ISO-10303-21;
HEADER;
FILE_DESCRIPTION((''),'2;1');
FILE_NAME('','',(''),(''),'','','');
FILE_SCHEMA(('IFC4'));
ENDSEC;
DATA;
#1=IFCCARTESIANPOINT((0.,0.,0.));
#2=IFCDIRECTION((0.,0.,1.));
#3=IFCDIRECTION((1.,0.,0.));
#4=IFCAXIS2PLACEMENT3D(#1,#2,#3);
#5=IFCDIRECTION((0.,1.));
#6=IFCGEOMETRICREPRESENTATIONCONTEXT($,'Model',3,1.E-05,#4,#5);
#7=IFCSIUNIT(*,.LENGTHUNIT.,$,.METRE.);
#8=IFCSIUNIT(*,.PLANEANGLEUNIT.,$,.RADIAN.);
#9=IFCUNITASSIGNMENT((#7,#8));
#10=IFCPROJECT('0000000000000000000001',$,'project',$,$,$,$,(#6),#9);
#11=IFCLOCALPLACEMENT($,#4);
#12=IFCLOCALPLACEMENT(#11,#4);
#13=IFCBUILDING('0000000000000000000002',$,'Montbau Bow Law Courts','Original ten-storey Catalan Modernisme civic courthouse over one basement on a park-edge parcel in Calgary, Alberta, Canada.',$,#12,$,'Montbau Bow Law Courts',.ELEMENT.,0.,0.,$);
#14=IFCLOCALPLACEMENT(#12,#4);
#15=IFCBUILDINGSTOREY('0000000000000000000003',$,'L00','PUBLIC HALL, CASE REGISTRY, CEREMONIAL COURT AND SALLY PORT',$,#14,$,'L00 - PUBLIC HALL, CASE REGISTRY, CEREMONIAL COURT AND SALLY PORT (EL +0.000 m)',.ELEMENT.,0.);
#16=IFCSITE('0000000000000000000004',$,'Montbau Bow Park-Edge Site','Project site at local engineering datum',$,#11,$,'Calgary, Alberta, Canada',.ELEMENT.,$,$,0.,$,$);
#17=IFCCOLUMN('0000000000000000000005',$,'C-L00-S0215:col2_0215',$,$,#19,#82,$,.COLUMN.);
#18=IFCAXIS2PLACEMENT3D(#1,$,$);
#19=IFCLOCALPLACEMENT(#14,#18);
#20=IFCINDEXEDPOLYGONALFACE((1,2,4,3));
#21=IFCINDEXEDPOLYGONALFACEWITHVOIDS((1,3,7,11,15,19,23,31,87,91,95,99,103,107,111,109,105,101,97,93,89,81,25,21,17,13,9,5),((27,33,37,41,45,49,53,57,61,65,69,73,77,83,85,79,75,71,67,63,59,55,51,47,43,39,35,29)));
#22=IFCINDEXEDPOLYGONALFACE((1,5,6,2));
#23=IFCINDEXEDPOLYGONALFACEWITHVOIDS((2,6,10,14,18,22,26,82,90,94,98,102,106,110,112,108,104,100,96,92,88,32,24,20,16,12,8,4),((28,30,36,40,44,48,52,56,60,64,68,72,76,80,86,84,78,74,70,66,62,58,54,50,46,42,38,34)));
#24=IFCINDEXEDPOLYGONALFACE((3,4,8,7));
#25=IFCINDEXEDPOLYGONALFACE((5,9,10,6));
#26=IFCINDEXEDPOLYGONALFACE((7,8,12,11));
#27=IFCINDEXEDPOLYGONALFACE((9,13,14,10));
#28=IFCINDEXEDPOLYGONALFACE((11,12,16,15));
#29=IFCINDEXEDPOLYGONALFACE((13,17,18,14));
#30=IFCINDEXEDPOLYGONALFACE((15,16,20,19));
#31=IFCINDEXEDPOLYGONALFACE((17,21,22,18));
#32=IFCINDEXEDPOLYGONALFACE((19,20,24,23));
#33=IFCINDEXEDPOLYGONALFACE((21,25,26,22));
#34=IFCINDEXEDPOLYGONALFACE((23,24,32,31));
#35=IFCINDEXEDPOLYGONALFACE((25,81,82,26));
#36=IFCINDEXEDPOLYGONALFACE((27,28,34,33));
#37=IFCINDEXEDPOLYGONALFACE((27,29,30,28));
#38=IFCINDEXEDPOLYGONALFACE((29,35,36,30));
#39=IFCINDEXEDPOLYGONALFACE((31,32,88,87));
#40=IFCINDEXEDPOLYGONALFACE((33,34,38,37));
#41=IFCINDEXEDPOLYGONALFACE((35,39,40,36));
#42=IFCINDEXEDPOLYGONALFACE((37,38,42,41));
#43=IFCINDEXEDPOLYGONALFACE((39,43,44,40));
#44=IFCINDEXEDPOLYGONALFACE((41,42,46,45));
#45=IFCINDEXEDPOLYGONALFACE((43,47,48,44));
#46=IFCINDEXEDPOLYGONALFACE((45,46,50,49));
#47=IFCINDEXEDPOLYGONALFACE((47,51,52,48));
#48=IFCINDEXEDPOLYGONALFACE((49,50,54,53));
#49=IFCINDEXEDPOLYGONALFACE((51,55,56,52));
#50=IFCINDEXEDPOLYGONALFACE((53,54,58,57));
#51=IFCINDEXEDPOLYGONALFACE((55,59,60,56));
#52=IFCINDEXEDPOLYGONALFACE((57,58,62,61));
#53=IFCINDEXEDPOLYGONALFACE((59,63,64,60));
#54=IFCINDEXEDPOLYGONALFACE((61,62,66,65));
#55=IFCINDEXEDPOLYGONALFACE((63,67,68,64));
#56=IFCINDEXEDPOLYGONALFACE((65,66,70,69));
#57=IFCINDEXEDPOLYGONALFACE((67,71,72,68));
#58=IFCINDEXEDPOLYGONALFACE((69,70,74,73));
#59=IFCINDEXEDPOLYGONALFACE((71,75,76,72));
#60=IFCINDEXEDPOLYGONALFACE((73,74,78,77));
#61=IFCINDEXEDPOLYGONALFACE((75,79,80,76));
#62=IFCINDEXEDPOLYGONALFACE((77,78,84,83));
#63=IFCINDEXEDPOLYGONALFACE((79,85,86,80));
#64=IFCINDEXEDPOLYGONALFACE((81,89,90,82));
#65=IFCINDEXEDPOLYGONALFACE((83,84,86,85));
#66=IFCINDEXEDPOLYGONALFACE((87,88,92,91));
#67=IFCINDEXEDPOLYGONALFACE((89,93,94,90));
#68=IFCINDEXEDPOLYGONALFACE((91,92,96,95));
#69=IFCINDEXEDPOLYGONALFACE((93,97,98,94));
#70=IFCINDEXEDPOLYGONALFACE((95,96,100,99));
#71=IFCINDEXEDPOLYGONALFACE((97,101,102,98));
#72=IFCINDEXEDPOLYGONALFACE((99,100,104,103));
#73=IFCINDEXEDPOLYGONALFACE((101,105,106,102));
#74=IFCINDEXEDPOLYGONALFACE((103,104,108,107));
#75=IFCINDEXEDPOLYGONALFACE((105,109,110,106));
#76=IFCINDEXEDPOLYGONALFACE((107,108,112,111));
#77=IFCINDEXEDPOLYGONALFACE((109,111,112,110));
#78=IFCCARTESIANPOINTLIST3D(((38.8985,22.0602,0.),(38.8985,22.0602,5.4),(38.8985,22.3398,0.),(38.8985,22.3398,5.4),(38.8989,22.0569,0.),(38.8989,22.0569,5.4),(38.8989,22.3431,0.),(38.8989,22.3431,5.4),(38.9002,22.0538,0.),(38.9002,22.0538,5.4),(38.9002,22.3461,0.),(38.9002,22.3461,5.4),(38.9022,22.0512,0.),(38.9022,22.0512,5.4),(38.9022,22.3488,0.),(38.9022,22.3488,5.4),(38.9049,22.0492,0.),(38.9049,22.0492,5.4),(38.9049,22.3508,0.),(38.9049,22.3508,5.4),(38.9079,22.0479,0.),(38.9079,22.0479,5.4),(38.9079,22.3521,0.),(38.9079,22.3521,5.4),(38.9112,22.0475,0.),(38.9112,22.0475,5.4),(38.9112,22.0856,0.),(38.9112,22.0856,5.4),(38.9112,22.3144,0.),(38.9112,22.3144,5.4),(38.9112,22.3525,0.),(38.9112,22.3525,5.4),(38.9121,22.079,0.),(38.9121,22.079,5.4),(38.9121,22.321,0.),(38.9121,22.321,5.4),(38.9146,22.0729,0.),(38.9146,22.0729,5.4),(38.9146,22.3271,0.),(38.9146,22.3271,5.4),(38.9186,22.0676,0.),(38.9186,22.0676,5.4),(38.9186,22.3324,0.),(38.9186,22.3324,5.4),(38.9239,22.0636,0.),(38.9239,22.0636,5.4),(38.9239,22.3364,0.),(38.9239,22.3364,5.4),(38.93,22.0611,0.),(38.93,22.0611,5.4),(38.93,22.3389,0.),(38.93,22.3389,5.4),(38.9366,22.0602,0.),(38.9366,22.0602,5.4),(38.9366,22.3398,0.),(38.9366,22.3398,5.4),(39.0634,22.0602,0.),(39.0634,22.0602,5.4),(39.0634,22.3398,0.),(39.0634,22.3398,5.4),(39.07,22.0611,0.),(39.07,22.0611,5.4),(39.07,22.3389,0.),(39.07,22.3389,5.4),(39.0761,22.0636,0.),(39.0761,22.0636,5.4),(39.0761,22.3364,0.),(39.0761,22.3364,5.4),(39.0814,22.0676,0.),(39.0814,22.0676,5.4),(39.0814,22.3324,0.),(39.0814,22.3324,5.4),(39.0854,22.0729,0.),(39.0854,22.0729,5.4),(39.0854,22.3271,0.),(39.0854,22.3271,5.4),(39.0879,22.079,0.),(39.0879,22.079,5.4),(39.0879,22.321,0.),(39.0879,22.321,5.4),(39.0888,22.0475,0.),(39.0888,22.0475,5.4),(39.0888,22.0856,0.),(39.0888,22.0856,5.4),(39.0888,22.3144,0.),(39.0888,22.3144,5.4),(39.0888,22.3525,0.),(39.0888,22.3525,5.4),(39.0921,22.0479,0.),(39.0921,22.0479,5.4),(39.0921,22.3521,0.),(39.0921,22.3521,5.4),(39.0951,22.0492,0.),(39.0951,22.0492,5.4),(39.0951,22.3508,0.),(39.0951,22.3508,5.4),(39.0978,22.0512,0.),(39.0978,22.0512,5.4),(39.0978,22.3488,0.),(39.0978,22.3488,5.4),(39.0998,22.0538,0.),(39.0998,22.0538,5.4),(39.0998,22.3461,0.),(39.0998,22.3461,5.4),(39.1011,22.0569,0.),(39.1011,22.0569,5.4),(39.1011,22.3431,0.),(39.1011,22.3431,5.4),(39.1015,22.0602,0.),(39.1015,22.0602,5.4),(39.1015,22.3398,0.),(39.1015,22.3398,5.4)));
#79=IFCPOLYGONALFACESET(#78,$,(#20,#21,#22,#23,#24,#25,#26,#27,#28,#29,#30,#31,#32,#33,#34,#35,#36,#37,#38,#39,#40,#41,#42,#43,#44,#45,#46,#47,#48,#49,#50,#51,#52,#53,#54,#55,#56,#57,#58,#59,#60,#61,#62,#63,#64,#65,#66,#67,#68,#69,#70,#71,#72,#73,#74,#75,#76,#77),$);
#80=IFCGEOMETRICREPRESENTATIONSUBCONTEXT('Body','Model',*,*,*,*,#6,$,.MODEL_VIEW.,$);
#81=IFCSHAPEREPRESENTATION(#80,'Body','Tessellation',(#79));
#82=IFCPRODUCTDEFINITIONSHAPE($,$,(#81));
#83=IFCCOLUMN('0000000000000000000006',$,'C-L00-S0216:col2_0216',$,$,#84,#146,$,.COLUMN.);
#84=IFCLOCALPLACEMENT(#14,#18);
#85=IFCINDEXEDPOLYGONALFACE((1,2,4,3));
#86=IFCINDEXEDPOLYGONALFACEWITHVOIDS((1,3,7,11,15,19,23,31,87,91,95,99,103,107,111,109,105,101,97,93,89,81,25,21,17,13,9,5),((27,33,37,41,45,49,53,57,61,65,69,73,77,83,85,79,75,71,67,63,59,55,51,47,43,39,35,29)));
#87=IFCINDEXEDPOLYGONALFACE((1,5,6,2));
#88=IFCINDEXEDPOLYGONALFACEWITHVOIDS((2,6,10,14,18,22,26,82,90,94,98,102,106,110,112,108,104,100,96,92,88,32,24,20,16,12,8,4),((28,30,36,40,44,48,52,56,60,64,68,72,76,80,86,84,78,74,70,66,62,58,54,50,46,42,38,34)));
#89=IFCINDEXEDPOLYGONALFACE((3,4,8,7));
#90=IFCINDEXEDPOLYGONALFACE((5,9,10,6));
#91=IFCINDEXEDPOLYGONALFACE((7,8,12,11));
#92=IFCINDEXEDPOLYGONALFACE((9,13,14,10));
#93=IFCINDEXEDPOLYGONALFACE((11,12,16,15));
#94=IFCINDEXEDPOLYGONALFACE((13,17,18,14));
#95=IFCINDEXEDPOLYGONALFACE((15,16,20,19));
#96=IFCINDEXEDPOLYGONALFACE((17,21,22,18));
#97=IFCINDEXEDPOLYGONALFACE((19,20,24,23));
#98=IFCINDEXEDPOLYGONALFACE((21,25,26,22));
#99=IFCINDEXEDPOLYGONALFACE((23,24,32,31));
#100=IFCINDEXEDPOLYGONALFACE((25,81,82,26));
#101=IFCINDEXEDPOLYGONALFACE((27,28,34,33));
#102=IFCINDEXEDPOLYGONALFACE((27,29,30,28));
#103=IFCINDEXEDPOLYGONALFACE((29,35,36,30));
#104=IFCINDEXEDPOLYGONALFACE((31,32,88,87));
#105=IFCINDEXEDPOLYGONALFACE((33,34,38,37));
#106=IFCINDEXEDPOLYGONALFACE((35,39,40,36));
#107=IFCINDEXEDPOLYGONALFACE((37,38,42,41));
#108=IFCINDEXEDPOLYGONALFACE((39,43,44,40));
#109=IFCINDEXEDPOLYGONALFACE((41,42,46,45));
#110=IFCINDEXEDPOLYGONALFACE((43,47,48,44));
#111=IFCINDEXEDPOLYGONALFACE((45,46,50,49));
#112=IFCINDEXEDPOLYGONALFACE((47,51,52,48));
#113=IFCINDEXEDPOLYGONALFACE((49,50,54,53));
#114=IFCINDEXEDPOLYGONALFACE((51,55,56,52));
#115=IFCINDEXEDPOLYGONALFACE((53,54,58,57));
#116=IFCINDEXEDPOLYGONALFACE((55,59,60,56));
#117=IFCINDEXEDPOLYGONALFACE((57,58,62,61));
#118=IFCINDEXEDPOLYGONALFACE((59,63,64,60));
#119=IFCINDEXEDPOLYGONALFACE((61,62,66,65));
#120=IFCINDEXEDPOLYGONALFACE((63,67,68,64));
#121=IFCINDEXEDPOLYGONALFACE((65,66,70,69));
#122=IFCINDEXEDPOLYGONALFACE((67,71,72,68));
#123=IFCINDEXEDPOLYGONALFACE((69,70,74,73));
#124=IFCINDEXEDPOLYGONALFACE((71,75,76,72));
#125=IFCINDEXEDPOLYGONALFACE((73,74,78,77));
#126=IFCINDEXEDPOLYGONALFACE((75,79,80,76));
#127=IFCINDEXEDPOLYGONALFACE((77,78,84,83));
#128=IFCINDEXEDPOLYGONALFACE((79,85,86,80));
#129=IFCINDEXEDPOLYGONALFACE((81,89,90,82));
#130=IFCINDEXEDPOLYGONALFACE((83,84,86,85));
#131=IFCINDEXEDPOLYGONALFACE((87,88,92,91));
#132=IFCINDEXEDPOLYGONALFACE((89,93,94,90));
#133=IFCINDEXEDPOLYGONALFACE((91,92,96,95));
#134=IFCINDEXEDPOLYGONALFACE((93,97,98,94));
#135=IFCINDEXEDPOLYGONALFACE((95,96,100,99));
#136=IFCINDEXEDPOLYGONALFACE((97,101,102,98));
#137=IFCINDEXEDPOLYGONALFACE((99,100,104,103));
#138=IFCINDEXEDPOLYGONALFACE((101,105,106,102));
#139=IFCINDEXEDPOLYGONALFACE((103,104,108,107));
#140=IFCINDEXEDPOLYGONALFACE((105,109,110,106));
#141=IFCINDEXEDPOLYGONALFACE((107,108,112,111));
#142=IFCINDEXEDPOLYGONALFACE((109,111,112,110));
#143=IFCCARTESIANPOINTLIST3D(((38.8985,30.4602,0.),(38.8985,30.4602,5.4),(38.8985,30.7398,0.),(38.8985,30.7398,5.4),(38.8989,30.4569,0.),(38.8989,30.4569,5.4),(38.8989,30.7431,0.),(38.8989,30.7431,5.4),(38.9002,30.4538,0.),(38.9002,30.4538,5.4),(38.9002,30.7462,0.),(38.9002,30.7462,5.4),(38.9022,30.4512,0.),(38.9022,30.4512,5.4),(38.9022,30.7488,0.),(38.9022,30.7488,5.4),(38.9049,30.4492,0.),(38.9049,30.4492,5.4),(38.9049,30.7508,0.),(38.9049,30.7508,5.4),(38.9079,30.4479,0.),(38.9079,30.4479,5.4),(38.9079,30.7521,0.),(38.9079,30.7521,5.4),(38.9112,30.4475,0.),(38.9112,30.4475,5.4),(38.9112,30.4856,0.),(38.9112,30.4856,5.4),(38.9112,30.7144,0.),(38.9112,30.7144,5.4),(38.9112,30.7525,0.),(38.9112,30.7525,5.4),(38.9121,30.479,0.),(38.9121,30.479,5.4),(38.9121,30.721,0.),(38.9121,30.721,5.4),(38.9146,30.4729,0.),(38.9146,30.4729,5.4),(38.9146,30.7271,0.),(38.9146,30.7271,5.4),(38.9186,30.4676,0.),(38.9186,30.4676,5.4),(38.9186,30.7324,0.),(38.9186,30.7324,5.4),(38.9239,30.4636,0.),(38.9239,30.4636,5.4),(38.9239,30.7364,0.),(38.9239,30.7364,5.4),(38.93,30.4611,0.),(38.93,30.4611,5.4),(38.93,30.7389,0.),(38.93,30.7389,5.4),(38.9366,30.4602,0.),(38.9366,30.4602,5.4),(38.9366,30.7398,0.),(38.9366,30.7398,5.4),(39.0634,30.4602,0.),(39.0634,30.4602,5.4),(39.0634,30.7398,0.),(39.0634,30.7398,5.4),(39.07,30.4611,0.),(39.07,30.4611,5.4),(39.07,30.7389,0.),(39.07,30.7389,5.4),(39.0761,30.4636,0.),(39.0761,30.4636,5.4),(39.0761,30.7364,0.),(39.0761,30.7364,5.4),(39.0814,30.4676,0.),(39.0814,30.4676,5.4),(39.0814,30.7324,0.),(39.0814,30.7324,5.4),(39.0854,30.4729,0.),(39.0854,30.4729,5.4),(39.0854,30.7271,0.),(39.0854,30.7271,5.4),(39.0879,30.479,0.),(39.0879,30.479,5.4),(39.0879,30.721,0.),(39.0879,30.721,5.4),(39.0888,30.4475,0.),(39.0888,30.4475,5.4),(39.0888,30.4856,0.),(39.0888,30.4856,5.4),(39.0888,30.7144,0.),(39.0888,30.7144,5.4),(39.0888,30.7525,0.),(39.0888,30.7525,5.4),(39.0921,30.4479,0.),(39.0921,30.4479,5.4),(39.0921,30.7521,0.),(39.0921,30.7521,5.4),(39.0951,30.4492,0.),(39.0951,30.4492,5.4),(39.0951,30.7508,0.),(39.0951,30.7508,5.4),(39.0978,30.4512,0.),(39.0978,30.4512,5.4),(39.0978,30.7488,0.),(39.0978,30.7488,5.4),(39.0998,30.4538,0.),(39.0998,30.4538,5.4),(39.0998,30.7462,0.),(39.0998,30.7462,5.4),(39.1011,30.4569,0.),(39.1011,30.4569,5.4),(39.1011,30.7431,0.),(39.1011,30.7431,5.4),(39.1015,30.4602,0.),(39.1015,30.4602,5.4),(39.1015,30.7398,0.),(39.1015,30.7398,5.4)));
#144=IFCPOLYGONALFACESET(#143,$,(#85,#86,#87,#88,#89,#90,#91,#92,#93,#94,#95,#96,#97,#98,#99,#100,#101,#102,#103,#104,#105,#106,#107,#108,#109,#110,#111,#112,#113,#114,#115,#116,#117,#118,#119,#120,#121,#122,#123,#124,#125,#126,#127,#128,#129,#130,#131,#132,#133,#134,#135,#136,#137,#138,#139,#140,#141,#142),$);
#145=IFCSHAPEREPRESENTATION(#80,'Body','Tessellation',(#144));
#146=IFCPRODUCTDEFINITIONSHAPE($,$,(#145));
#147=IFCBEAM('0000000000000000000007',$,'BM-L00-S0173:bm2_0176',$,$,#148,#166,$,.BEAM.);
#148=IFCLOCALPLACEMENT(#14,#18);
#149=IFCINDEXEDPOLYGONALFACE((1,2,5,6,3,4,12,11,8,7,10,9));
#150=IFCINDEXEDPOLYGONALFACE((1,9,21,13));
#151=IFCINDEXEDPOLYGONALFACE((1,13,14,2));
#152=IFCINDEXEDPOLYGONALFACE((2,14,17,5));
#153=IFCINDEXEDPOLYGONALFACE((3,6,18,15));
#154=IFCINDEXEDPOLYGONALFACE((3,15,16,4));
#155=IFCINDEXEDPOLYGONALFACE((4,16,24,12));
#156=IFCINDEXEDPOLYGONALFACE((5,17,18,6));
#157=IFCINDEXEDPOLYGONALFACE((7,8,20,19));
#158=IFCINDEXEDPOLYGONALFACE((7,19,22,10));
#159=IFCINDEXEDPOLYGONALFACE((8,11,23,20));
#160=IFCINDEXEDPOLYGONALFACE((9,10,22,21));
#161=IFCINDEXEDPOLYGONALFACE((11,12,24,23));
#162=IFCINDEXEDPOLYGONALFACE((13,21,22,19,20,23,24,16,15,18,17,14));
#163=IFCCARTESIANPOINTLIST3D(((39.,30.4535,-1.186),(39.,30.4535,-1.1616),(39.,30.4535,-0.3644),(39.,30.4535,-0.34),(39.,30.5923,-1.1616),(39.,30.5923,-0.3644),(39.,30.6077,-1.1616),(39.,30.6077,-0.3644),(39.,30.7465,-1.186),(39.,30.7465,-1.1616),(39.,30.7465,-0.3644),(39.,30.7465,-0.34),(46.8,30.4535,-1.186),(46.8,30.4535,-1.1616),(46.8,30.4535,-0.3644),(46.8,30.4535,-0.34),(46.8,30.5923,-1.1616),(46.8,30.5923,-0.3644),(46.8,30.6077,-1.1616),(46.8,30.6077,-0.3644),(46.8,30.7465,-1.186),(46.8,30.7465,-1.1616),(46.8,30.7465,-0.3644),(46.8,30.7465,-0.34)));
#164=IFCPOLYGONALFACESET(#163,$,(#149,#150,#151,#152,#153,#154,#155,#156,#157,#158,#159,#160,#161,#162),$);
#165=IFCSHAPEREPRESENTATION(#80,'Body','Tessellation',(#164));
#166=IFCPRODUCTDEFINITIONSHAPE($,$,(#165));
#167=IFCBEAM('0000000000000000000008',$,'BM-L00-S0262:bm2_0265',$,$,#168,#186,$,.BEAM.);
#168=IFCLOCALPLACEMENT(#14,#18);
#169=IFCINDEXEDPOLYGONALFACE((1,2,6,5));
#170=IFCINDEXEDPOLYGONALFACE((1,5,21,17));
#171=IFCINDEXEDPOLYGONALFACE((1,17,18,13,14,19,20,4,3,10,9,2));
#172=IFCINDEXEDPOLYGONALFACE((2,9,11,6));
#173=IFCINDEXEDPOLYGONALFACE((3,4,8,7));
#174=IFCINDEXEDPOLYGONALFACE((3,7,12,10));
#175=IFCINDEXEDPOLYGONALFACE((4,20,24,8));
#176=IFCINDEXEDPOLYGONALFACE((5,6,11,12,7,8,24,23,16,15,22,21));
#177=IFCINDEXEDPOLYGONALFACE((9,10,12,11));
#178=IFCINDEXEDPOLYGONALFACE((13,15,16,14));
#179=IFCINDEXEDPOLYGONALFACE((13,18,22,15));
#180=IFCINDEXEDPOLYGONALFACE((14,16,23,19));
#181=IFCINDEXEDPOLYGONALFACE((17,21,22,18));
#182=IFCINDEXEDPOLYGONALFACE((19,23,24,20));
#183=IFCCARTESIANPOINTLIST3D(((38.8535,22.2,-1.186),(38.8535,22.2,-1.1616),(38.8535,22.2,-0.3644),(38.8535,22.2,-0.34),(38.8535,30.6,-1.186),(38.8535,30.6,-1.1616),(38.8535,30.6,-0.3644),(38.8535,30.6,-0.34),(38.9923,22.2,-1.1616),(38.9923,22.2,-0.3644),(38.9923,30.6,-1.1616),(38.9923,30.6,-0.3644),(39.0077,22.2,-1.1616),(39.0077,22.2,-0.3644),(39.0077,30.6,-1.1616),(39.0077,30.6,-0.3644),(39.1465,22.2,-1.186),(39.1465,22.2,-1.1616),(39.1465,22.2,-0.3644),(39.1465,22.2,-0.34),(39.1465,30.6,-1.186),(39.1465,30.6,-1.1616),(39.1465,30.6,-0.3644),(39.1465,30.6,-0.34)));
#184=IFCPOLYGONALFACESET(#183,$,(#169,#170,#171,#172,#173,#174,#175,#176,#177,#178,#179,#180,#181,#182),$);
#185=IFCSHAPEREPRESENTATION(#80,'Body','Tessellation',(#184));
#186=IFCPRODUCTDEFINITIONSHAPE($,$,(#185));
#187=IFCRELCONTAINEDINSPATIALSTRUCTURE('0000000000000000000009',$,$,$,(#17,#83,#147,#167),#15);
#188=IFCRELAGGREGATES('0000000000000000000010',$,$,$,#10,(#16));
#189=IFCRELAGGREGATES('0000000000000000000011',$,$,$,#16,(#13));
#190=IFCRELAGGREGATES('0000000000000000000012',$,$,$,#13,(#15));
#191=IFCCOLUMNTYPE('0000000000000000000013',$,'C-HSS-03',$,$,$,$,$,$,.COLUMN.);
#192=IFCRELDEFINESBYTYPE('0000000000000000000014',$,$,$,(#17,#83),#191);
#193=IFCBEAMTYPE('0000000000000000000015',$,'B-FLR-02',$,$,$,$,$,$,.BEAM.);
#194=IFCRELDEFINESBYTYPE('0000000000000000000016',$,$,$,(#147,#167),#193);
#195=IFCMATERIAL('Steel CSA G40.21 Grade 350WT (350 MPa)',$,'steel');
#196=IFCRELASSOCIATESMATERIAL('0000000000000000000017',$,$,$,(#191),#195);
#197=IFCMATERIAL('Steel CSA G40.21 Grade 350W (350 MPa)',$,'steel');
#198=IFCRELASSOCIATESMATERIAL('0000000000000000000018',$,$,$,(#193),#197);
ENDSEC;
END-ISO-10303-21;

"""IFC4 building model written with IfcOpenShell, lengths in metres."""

from ifc_helpers import new_model, si_unit, direction, frame, origin_with_axes, origin_2d_with_axis, place, context, subcontext, project, spatial, hollow_rectangle, i_section, extrude, material, material_profile, profile_set, type_object, element, save


model = new_model("IFC4")

# Units and contexts
model_context = context("Model", 3, precision=1e-05, world=origin_with_axes(), true_north=direction((0.0, 1.0)))
body_context = subcontext(model_context, "Body", "Model", "MODEL_VIEW")
ifc_project = project(units=[si_unit("LENGTHUNIT", "METRE"), si_unit("PLANEANGLEUNIT", "RADIAN")], contexts=[model_context])

# Site, building, storey
site_placement = place(None, origin_with_axes())
site = spatial("IfcSite", under=ifc_project, at=site_placement, Name="Montbau Bow Park-Edge Site", Description="Project site at local engineering datum", LongName="Calgary, Alberta, Canada", CompositionType="ELEMENT", RefElevation=0.0)
building_placement = place(site_placement, origin_with_axes())
building = spatial("IfcBuilding", under=site, at=building_placement, Name="Montbau Bow Law Courts", Description="Original ten-storey Catalan Modernisme civic courthouse over one basement on a park-edge parcel in Calgary, Alberta, Canada.", LongName="Montbau Bow Law Courts", CompositionType="ELEMENT", ElevationOfRefHeight=0.0, ElevationOfTerrain=0.0)
storey_placement = place(building_placement, origin_with_axes())
storey = spatial("IfcBuildingStorey", under=building, at=storey_placement, Name="L00", Description="PUBLIC HALL, CASE REGISTRY, CEREMONIAL COURT AND SALLY PORT", LongName="L00 - PUBLIC HALL, CASE REGISTRY, CEREMONIAL COURT AND SALLY PORT (EL +0.000 m)", CompositionType="ELEMENT", Elevation=0.0)

# Columns
ifc_material_1 = material(Name="Steel CSA G40.21 Grade 350WT (350 MPa)", Category="steel")
ifc_material_profile_1 = material_profile(ifc_material_1, hollow_rectangle(XDim=0.203, YDim=0.305, WallThickness=0.0127, InnerFilletRadius=0.0254, OuterFilletRadius=0.0127, at=origin_2d_with_axis()), Name="HSS305X203X13", Category="Main", Priority=0)
ifc_profile_set_1 = profile_set([ifc_material_profile_1], Name="Steel CSA G40.21 Grade 350WT (350 MPa)")
column_type = type_object("IfcColumnType", Name="C-HSS-03", PredefinedType="COLUMN", material=ifc_profile_set_1)
for number, where, z_axis, x_axis, name in (
    (1, (39.0, 22.2, 0.0), (0.0, 0.0, 1.0), (1.0, 0.0, 0.0), "C-L00-S0215:col2_0215"),
    (2, (39.0, 30.6, 0.0), (0.0, 0.0, 1.0), (1.0, 0.0, 0.0), "C-L00-S0216:col2_0216"),
):
    element("IfcColumn", number, at=place(None, frame(where, z_axis=z_axis, x_axis=x_axis)), inside=storey, type_object=column_type, Name=name, PredefinedType="COLUMN", context=body_context, shape_type="SweptSolid", body=[
        extrude(hollow_rectangle(XDim=0.203, YDim=0.305, WallThickness=0.0127, InnerFilletRadius=0.0254, OuterFilletRadius=0.0127, at=origin_2d_with_axis()), origin_with_axes(), (0.0, 0.0, 1.0), 5.4),
    ])

# Beams
ifc_material_2 = material(Name="Steel CSA G40.21 Grade 350W (350 MPa)", Category="steel")
ifc_material_profile_2 = material_profile(ifc_material_2, i_section(OverallWidth=0.293, OverallDepth=0.846, WebThickness=0.0154, FlangeThickness=0.0244, at=origin_2d_with_axis()), Name="W840X210", Category="Main", Priority=0)
ifc_profile_set_2 = profile_set([ifc_material_profile_2], Name="Steel CSA G40.21 Grade 350W (350 MPa)")
beam_type_1 = type_object("IfcBeamType", Name="B-FLR-02", PredefinedType="BEAM", material=ifc_profile_set_2)
beam_1_placement = place(None, frame((39.0, 30.6, -0.763), z_axis=(1.0, 0.0, 0.0), x_axis=(0.0, 1.0, 0.0)))
element("IfcBeam", 3, at=beam_1_placement, inside=storey, type_object=beam_type_1, Name="BM-L00-S0173:bm2_0176", PredefinedType="BEAM", context=body_context, shape_type="SweptSolid", body=[
    extrude(i_section(OverallWidth=0.293, OverallDepth=0.846, WebThickness=0.0154, FlangeThickness=0.0244, at=origin_2d_with_axis()), origin_with_axes(), (0.0, 0.0, 1.0), 7.8),
])
beam_2_placement = place(None, frame((39.0, 22.2, -0.763), z_axis=(0.0, 1.0, 0.0), x_axis=(-1.0, 0.0, 0.0)))
element("IfcBeam", 4, at=beam_2_placement, inside=storey, type_object=beam_type_1, Name="BM-L00-S0262:bm2_0265", PredefinedType="BEAM", context=body_context, shape_type="SweptSolid", body=[
    extrude(i_section(OverallWidth=0.293, OverallDepth=0.846, WebThickness=0.0154, FlangeThickness=0.0244, at=origin_2d_with_axis()), origin_with_axes(), (0.0, 0.0, 1.0), 8.4),
])

save(model, "model.ifc")
